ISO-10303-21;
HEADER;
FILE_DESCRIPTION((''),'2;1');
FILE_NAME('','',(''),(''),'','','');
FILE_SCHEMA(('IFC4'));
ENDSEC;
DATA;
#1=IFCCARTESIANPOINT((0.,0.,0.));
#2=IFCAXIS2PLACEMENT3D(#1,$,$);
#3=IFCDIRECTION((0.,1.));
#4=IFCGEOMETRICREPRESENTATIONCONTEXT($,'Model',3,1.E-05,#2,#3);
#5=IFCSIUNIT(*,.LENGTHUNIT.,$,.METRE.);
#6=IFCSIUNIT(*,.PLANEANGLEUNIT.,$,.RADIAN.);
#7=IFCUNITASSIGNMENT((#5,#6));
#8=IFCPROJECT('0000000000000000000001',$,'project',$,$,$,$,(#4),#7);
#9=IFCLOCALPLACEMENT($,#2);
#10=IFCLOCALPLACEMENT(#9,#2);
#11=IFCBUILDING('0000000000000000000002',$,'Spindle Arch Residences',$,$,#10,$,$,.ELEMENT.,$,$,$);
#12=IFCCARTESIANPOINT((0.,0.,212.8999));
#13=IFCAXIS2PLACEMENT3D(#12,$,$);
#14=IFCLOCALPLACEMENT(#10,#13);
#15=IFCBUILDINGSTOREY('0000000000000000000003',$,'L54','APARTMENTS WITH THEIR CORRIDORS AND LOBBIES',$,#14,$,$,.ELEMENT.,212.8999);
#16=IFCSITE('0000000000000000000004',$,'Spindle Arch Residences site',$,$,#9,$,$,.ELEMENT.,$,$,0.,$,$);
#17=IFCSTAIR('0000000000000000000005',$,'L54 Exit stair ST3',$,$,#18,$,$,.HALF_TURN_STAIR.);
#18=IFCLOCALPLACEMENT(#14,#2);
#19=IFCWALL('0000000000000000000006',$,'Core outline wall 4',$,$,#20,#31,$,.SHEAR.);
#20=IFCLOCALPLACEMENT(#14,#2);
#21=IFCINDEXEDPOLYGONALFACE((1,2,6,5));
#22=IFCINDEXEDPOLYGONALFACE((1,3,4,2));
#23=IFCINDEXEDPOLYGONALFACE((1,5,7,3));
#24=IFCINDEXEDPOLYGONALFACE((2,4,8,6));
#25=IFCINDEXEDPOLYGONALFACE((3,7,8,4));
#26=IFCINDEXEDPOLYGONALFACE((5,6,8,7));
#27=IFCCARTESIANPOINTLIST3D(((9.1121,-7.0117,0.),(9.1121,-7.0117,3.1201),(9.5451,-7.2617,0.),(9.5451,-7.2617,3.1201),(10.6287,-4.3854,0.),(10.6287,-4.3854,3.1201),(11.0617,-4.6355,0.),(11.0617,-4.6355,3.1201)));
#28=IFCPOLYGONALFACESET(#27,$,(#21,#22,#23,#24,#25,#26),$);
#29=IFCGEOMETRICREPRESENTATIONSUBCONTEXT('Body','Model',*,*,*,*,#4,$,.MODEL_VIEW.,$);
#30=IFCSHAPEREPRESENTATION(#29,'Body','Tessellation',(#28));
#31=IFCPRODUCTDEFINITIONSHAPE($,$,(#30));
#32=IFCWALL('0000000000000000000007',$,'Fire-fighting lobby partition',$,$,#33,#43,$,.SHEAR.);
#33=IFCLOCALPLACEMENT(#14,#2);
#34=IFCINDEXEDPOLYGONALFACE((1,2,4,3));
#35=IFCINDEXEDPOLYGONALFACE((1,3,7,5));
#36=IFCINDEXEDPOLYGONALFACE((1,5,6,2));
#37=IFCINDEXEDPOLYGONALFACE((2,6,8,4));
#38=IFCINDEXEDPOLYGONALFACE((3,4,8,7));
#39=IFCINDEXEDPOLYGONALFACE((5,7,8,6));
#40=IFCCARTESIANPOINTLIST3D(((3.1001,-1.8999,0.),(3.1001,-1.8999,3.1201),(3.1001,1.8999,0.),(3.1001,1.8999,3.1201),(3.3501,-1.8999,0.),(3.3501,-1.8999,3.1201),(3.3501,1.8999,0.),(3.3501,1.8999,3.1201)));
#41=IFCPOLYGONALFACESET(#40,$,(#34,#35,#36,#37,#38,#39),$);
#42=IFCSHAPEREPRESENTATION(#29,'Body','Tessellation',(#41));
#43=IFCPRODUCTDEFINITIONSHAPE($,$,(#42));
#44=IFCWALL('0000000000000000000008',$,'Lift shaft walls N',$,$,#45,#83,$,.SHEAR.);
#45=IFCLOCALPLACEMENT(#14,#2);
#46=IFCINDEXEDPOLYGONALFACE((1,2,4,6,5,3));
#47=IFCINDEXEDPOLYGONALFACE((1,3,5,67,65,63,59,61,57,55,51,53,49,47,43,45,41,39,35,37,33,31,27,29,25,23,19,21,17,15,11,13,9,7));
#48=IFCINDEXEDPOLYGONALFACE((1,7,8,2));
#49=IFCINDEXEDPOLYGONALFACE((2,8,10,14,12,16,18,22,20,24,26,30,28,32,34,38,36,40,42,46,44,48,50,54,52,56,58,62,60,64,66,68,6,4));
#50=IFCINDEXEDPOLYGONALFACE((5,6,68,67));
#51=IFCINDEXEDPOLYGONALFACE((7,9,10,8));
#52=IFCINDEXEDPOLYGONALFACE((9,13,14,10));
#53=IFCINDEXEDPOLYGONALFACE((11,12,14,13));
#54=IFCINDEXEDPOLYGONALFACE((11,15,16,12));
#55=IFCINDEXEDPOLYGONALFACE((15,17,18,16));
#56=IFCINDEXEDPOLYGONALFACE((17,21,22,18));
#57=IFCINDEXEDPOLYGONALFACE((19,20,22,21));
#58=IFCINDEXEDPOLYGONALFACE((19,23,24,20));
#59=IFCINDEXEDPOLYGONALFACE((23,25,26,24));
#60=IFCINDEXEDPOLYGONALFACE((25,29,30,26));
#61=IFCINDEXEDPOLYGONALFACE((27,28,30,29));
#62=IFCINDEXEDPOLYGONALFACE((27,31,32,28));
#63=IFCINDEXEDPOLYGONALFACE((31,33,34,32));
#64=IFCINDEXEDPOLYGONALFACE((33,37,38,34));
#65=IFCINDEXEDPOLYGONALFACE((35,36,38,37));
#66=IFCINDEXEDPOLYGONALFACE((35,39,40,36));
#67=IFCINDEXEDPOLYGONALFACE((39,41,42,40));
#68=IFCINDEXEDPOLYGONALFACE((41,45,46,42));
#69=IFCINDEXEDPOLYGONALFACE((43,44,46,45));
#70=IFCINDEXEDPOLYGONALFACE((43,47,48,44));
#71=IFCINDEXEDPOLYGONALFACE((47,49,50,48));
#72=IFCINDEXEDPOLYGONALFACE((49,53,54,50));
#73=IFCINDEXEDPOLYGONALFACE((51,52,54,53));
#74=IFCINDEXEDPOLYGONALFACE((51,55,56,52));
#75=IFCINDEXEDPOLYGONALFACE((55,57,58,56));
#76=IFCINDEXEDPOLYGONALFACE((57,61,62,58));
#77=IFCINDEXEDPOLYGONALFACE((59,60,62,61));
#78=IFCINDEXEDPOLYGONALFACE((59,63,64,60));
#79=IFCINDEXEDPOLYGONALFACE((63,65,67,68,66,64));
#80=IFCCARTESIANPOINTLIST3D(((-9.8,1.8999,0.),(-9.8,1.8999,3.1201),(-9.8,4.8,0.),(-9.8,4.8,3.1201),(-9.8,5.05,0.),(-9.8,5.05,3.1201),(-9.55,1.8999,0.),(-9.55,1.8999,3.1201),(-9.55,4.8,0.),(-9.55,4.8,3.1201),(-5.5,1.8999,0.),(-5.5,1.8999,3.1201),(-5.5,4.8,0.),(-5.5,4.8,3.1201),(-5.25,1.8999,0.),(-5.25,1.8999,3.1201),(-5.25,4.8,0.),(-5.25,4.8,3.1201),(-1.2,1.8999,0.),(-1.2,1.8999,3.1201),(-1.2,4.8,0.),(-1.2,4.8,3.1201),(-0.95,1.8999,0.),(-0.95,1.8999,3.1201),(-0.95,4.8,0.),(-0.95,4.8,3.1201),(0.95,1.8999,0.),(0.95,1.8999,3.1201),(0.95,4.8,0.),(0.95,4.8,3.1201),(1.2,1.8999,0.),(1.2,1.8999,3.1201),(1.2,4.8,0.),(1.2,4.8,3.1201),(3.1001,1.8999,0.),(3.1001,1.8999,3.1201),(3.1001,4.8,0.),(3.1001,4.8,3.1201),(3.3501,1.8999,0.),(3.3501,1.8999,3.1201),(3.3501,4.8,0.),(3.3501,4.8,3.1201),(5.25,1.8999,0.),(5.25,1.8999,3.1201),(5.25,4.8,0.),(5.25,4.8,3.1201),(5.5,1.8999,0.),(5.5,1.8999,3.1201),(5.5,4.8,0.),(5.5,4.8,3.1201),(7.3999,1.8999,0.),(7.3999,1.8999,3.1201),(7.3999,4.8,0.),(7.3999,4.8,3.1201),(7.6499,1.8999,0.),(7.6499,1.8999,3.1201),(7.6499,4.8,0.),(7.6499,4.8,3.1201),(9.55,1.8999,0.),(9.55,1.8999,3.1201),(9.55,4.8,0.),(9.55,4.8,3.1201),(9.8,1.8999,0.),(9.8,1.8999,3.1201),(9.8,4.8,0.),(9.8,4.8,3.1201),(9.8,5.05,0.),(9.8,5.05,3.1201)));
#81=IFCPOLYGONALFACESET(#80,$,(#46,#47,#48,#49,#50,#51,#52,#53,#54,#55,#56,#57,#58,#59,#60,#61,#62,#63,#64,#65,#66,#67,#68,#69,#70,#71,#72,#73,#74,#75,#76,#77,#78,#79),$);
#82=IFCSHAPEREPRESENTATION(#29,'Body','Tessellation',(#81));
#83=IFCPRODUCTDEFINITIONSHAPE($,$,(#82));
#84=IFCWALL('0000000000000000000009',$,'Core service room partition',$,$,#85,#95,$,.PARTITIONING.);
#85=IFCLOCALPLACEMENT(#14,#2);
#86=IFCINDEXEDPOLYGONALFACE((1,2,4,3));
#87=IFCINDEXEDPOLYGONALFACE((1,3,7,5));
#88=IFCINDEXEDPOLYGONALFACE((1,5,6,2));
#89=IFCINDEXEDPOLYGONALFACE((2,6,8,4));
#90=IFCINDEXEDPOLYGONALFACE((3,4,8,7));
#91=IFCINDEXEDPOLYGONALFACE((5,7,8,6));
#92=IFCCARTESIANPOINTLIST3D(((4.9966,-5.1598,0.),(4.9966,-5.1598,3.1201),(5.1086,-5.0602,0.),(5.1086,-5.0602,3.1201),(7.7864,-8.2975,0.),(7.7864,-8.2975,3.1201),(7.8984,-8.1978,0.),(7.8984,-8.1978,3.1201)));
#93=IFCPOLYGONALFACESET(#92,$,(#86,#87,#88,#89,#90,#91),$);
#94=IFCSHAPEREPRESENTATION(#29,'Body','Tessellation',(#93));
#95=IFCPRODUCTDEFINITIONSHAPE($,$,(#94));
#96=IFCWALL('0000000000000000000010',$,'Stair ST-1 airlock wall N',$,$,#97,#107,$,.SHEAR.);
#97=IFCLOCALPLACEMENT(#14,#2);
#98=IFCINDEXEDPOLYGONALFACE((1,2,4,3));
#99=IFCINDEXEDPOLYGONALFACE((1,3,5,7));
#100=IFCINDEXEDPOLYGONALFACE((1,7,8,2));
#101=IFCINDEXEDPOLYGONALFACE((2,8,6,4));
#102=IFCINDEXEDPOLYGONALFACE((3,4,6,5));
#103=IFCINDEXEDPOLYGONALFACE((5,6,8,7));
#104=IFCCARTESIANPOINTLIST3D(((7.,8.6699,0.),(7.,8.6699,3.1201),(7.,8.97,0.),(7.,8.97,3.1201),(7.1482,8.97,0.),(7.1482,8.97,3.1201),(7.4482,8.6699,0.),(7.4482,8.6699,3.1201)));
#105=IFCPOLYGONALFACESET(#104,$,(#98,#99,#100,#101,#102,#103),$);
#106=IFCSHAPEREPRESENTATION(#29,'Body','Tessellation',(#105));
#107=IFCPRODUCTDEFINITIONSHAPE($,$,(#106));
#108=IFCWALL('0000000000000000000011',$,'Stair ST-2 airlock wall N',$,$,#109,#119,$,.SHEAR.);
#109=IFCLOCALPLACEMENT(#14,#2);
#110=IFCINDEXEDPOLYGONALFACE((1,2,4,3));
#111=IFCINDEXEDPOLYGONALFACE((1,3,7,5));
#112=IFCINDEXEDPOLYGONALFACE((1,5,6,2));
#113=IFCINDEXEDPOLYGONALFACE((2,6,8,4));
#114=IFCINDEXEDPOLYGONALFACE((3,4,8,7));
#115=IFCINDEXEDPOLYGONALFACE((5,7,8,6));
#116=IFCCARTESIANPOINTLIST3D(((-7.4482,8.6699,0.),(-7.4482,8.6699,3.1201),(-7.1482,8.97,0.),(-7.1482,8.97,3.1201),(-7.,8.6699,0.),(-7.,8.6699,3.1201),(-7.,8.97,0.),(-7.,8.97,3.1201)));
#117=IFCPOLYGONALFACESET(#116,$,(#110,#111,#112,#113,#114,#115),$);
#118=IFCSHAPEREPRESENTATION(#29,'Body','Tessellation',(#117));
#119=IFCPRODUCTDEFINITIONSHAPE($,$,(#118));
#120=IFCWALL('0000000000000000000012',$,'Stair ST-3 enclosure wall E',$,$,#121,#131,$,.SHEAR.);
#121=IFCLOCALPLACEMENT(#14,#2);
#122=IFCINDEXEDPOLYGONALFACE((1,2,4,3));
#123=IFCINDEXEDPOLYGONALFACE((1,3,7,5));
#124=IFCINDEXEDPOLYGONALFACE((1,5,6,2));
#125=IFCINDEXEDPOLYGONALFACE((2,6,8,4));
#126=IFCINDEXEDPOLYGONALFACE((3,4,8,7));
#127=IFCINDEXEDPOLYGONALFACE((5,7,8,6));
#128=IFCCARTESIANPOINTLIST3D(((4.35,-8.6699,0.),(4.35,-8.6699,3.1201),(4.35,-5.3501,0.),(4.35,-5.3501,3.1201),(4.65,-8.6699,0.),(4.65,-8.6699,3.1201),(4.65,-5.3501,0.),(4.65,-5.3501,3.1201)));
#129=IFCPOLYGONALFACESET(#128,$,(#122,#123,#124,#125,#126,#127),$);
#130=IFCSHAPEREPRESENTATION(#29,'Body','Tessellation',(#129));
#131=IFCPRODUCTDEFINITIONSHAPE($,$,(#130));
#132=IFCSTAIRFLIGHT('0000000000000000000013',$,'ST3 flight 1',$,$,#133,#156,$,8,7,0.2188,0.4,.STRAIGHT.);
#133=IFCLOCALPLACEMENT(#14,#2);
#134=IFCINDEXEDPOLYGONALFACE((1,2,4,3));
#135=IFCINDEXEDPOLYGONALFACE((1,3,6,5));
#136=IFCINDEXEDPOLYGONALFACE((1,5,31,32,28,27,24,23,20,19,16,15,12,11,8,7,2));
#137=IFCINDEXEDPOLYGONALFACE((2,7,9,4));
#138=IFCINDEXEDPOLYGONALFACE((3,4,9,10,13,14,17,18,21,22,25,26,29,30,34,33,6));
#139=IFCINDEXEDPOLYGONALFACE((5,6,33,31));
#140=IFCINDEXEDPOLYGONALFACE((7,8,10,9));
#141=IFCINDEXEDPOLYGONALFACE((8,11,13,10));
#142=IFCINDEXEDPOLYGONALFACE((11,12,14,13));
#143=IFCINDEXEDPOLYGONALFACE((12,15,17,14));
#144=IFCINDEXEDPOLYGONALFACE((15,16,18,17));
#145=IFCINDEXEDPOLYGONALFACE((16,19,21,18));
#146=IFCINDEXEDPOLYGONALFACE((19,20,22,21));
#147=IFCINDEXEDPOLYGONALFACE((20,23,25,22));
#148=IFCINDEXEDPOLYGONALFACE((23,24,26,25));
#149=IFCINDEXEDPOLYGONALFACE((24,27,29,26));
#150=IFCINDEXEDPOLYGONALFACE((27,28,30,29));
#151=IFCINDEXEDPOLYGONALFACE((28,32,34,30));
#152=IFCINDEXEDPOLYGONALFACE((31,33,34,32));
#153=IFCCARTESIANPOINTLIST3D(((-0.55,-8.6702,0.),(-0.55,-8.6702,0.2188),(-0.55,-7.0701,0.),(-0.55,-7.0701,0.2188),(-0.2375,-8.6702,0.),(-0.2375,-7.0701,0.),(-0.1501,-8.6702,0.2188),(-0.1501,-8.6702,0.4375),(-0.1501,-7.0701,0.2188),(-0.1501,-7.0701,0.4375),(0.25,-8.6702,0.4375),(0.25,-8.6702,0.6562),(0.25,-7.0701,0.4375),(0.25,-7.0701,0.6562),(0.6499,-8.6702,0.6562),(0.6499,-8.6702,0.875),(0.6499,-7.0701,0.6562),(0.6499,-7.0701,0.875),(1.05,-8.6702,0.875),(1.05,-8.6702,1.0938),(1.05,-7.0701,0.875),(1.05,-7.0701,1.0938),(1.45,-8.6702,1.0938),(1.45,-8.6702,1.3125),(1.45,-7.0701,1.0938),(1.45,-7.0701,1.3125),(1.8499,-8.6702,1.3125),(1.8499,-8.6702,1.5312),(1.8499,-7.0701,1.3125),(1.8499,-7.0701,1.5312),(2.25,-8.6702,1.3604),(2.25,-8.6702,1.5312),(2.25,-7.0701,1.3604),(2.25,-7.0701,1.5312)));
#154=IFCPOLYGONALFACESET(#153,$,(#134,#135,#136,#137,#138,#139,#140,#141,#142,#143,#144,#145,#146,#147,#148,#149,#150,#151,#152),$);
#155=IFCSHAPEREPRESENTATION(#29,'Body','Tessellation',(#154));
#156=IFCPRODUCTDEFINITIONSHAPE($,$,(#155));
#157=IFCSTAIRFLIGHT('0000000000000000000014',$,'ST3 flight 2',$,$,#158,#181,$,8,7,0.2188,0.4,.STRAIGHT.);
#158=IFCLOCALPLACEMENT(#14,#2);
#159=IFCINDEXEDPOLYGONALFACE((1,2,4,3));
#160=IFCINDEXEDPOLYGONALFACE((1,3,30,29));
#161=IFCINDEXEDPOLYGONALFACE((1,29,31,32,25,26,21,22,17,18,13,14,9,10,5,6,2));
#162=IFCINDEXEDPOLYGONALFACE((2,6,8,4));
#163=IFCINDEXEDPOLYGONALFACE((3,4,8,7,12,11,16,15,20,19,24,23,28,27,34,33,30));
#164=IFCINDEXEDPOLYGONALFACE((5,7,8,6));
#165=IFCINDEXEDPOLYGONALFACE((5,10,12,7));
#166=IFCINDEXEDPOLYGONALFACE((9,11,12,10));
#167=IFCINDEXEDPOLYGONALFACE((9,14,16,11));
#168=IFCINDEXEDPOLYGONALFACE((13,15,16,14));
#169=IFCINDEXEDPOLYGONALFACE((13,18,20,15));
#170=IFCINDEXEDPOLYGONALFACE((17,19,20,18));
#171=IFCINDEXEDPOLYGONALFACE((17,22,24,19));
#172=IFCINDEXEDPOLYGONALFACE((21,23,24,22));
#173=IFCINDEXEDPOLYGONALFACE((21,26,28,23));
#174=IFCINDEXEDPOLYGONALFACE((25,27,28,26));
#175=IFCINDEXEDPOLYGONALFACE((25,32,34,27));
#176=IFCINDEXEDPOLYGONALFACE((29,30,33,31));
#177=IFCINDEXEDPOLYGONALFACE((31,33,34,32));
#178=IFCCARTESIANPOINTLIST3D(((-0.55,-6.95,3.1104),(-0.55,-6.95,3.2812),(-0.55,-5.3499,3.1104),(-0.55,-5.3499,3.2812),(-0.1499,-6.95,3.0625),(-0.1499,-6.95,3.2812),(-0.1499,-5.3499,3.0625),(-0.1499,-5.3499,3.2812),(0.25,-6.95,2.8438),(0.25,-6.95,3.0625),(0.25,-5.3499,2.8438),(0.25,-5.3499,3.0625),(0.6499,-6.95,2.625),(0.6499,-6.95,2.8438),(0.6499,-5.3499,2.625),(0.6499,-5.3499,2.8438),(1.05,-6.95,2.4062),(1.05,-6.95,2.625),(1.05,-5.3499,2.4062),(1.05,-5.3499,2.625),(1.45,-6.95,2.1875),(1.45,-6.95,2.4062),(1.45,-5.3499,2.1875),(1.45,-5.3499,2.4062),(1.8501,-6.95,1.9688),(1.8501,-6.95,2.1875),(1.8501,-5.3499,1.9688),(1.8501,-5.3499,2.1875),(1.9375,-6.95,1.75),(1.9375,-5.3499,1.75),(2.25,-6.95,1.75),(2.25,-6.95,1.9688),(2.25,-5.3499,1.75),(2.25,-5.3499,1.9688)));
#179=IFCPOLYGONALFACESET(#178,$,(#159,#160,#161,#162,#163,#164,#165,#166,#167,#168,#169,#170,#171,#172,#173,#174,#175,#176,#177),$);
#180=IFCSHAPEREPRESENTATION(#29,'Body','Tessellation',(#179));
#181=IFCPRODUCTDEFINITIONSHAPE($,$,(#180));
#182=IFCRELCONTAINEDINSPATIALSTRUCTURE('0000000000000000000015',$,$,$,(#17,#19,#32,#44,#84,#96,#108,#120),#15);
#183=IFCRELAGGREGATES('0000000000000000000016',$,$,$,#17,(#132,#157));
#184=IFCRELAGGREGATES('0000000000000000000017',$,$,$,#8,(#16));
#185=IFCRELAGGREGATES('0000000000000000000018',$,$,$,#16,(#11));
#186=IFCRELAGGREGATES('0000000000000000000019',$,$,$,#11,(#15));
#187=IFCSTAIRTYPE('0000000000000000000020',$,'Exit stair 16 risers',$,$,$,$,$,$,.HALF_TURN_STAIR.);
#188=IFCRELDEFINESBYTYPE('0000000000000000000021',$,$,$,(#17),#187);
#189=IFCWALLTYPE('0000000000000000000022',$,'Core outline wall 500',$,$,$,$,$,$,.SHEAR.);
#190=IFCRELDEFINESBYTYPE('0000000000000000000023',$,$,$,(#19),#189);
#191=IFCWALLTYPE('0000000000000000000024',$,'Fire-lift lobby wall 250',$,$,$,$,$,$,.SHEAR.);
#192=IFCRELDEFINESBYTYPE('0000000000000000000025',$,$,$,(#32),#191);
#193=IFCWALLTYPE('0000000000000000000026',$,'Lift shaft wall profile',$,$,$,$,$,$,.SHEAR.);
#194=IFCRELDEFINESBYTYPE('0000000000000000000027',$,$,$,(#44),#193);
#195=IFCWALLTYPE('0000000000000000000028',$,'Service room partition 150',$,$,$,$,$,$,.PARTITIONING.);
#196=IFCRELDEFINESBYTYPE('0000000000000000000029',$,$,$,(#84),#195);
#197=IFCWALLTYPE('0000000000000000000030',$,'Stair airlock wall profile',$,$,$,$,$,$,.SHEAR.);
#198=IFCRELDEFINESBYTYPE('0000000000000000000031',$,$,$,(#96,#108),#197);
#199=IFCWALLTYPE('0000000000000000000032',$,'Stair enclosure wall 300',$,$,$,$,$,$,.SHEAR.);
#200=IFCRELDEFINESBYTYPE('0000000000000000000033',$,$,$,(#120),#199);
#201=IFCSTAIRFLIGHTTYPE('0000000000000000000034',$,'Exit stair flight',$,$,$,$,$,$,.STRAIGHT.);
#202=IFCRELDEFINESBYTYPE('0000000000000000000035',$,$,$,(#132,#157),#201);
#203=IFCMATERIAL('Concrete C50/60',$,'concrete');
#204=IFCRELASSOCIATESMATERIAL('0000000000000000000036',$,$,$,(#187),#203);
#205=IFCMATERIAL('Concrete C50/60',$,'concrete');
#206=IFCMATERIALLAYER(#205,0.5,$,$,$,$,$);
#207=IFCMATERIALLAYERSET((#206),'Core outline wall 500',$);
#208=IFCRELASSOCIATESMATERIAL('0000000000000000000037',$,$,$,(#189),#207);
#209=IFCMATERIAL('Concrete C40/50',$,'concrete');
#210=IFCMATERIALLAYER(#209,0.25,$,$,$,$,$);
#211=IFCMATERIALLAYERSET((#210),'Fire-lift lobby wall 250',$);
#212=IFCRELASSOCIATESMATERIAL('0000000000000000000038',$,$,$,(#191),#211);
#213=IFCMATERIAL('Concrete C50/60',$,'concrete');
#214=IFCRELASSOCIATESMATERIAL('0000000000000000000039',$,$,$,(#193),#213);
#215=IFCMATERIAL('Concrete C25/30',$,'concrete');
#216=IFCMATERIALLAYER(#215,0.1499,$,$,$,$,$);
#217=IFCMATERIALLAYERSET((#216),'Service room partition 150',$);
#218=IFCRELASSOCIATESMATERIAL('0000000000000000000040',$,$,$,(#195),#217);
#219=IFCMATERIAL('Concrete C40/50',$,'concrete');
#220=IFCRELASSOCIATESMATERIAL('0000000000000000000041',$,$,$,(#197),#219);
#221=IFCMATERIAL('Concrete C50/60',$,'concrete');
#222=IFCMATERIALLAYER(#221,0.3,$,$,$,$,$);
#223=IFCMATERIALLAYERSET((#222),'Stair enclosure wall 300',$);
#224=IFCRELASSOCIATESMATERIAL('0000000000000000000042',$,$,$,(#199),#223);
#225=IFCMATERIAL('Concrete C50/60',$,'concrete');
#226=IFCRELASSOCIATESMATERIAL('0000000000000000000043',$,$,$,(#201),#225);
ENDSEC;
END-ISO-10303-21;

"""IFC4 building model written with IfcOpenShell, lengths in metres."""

from ifc_helpers import new_model, si_unit, direction, frame, frame_2d, origin, place, context, subcontext, project, spatial, polyline, rectangle, outline, extrude, material, layer, layer_set, type_object, element, aggregate, save


model = new_model("IFC4")

# Units and contexts
model_context = context("Model", 3, precision=1e-05, world=origin(), true_north=direction((0.0, 1.0)))
body_context = subcontext(model_context, "Body", "Model", "MODEL_VIEW")
ifc_project = project(units=[si_unit("LENGTHUNIT", "METRE"), si_unit("PLANEANGLEUNIT", "RADIAN")], contexts=[model_context])

# Site, building, storey
site_placement = place(None, origin())
site = spatial("IfcSite", under=ifc_project, at=site_placement, Name="Spindle Arch Residences site", CompositionType="ELEMENT", RefElevation=0.0)
building_placement = place(site_placement, origin())
building = spatial("IfcBuilding", under=site, at=building_placement, Name="Spindle Arch Residences", CompositionType="ELEMENT")
storey_placement = place(building_placement, frame((0.0, 0.0, 212.8999)))
storey = spatial("IfcBuildingStorey", under=building, at=storey_placement, Name="L54", Description="APARTMENTS WITH THEIR CORRIDORS AND LOBBIES", CompositionType="ELEMENT", Elevation=212.8999)

# Stair
ifc_material_1 = material(Name="Concrete C50/60", Category="concrete")
stair_type = type_object("IfcStairType", Name="Exit stair 16 risers", PredefinedType="HALF_TURN_STAIR", material=ifc_material_1)
stair_1_placement = place(storey_placement, origin())
stair_1 = element("IfcStair", 1, at=stair_1_placement, inside=storey, type_object=stair_type, Name="L54 Exit stair ST3", PredefinedType="HALF_TURN_STAIR")

# Walls
ifc_material_2 = material(Name="Concrete C50/60", Category="concrete")
ifc_layer_1 = layer(ifc_material_2, 0.5)
ifc_layer_set_1 = layer_set([ifc_layer_1], Name="Core outline wall 500")
wall_type_1 = type_object("IfcWallType", Name="Core outline wall 500", PredefinedType="SHEAR", material=ifc_layer_set_1)
wall_1_placement = place(storey_placement, frame((9.3286, -7.1367, 0.0), z_axis=(0.0, 0.0, 1.0), x_axis=(0.500087, 0.865975, 0.0)))
element("IfcWall", 2, at=wall_1_placement, inside=storey, type_object=wall_type_1, Name="Core outline wall 4", PredefinedType="SHEAR", context=body_context, shape_type="SweptSolid", body=[
    extrude(rectangle(XDim=3.0327, YDim=0.5, at=frame_2d((1.5164, 0.0))), origin(), (0.0, 0.0, 1.0), 3.1201),
])
ifc_material_3 = material(Name="Concrete C40/50", Category="concrete")
ifc_layer_2 = layer(ifc_material_3, 0.25)
ifc_layer_set_2 = layer_set([ifc_layer_2], Name="Fire-lift lobby wall 250")
wall_type_2 = type_object("IfcWallType", Name="Fire-lift lobby wall 250", PredefinedType="SHEAR", material=ifc_layer_set_2)
wall_2_placement = place(storey_placement, frame((3.2251, -1.8999, 0.0), z_axis=(0.0, 0.0, 1.0), x_axis=(0.0, 1.0, 0.0)))
element("IfcWall", 3, at=wall_2_placement, inside=storey, type_object=wall_type_2, Name="Fire-fighting lobby partition", PredefinedType="SHEAR", context=body_context, shape_type="SweptSolid", body=[
    extrude(rectangle(XDim=3.7998, YDim=0.25, at=frame_2d((1.8999, 0.0))), origin(), (0.0, 0.0, 1.0), 3.1201),
])

# Walls
ifc_material_4 = material(Name="Concrete C50/60", Category="concrete")
wall_type_3 = type_object("IfcWallType", Name="Lift shaft wall profile", PredefinedType="SHEAR", material=ifc_material_4)
wall_3_placement = place(storey_placement, origin())
element("IfcWall", 4, at=wall_3_placement, inside=storey, type_object=wall_type_3, Name="Lift shaft walls N", PredefinedType="SHEAR", context=body_context, shape_type="SweptSolid", body=[
    extrude(outline(polyline([(-9.55, 4.8), (-5.5, 4.8), (-5.5, 1.8999), (-5.25, 1.8999), (-5.25, 4.8), (-1.2, 4.8), (-1.2, 1.8999), (-0.95, 1.8999), (-0.95, 4.8), (0.95, 4.8), (0.95, 1.8999), (1.2, 1.8999), (1.2, 4.8), (3.1001, 4.8), (3.1001, 1.8999), (3.3501, 1.8999), (3.3501, 4.8), (5.25, 4.8), (5.25, 1.8999), (5.5, 1.8999), (5.5, 4.8), (7.3999, 4.8), (7.3999, 1.8999), (7.6499, 1.8999), (7.6499, 4.8), (9.55, 4.8), (9.55, 1.8999), (9.8, 1.8999), (9.8, 4.8), (9.8, 5.05), (-9.8, 5.05), (-9.8, 4.8), (-9.8, 1.8999), (-9.55, 1.8999), (-9.55, 4.8)])), origin(), (0.0, 0.0, 1.0), 3.1201),
])
ifc_material_5 = material(Name="Concrete C25/30", Category="concrete")
ifc_layer_3 = layer(ifc_material_5, 0.1499)
ifc_layer_set_3 = layer_set([ifc_layer_3], Name="Service room partition 150")
wall_type_4 = type_object("IfcWallType", Name="Service room partition 150", PredefinedType="PARTITIONING", material=ifc_layer_set_3)
wall_4_placement = place(storey_placement, frame((7.8423, -8.2476, 0.0), z_axis=(0.0, 0.0, 1.0), x_axis=(-0.664461, 0.747323, 0.0)))
element("IfcWall", 5, at=wall_4_placement, inside=storey, type_object=wall_type_4, Name="Core service room partition", PredefinedType="PARTITIONING", context=body_context, shape_type="SweptSolid", body=[
    extrude(rectangle(XDim=4.1985, YDim=0.1499, at=frame_2d((2.0991, 0.0))), origin(), (0.0, 0.0, 1.0), 3.1201),
])
ifc_material_6 = material(Name="Concrete C40/50", Category="concrete")
wall_type_5 = type_object("IfcWallType", Name="Stair airlock wall profile", PredefinedType="SHEAR", material=ifc_material_6)
wall_5_placement = place(storey_placement, origin())
element("IfcWall", 6, at=wall_5_placement, inside=storey, type_object=wall_type_5, Name="Stair ST-1 airlock wall N", PredefinedType="SHEAR", context=body_context, shape_type="SweptSolid", body=[
    extrude(outline(polyline([(7.4482, 8.6699), (7.0, 8.6699), (7.0, 8.97), (7.1482, 8.97), (7.4482, 8.6699)])), origin(), (0.0, 0.0, 1.0), 3.1201),
])
wall_6_placement = place(storey_placement, origin())
element("IfcWall", 7, at=wall_6_placement, inside=storey, type_object=wall_type_5, Name="Stair ST-2 airlock wall N", PredefinedType="SHEAR", context=body_context, shape_type="SweptSolid", body=[
    extrude(outline(polyline([(-7.1482, 8.97), (-7.0, 8.97), (-7.0, 8.6699), (-7.4482, 8.6699), (-7.1482, 8.97)])), origin(), (0.0, 0.0, 1.0), 3.1201),
])
ifc_material_7 = material(Name="Concrete C50/60", Category="concrete")
ifc_layer_4 = layer(ifc_material_7, 0.3)
ifc_layer_set_4 = layer_set([ifc_layer_4], Name="Stair enclosure wall 300")
wall_type_6 = type_object("IfcWallType", Name="Stair enclosure wall 300", PredefinedType="SHEAR", material=ifc_layer_set_4)
wall_7_placement = place(storey_placement, frame((4.5, -8.6699, 0.0), z_axis=(0.0, 0.0, 1.0), x_axis=(0.0, 1.0, 0.0)))
element("IfcWall", 8, at=wall_7_placement, inside=storey, type_object=wall_type_6, Name="Stair ST-3 enclosure wall E", PredefinedType="SHEAR", context=body_context, shape_type="SweptSolid", body=[
    extrude(rectangle(XDim=3.3198, YDim=0.3, at=frame_2d((1.6599, 0.0))), origin(), (0.0, 0.0, 1.0), 3.1201),
])

# Stair flights
ifc_material_8 = material(Name="Concrete C50/60", Category="concrete")
stair_flight_type = type_object("IfcStairFlightType", Name="Exit stair flight", PredefinedType="STRAIGHT", material=ifc_material_8)
stair_flight_1_placement = place(storey_placement, frame((-0.55, -7.8701, 0.0), z_axis=(0.0, 0.0, 1.0), x_axis=(1.0, 0.0, 0.0)))
stair_flight_1 = element("IfcStairFlight", 9, at=stair_flight_1_placement, type_object=stair_flight_type, Name="ST3 flight 1", NumberOfRisers=8, NumberOfTreads=7, PredefinedType="STRAIGHT", RiserHeight=0.2188, TreadLength=0.4, context=body_context, shape_type="SweptSolid", body=[
    extrude(outline(polyline([(0.0, 0.0), (0.0, 0.2188), (0.3999, 0.2188), (0.3999, 0.4375), (0.8, 0.4375), (0.8, 0.6562), (1.2, 0.6562), (1.2, 0.875), (1.6001, 0.875), (1.6001, 1.0938), (2.0, 1.0938), (2.0, 1.3125), (2.3999, 1.3125), (2.3999, 1.5312), (2.8, 1.5312), (2.8, 1.75), (2.8, 1.3604), (0.3125, 0.0), (0.0, 0.0)])), frame((0.0, 0.8, 0.0), z_axis=(0.0, -1.0, 0.0), x_axis=(1.0, 0.0, 0.0)), (0.0, 0.0, 1.0), 1.6001),
])
stair_flight_2_placement = place(storey_placement, frame((2.25, -6.1499, 1.75), z_axis=(0.0, 0.0, 1.0), x_axis=(-1.0, 0.0, 0.0)))
stair_flight_2 = element("IfcStairFlight", 10, at=stair_flight_2_placement, type_object=stair_flight_type, Name="ST3 flight 2", NumberOfRisers=8, NumberOfTreads=7, PredefinedType="STRAIGHT", RiserHeight=0.2188, TreadLength=0.4, context=body_context, shape_type="SweptSolid", body=[
    extrude(outline(polyline([(0.0, 0.0), (0.0, 0.2188), (0.3999, 0.2188), (0.3999, 0.4375), (0.8, 0.4375), (0.8, 0.6562), (1.2, 0.6562), (1.2, 0.875), (1.6001, 0.875), (1.6001, 1.0938), (2.0, 1.0938), (2.0, 1.3125), (2.3999, 1.3125), (2.3999, 1.5312), (2.8, 1.5312), (2.8, 1.75), (2.8, 1.3604), (0.3125, 0.0), (0.0, 0.0)])), frame((0.0, 0.8, 0.0), z_axis=(0.0, -1.0, 0.0), x_axis=(1.0, 0.0, 0.0)), (0.0, 0.0, 1.0), 1.6001),
])
aggregate(stair_1, [stair_flight_1, stair_flight_2])

save(model, "model.ifc")
